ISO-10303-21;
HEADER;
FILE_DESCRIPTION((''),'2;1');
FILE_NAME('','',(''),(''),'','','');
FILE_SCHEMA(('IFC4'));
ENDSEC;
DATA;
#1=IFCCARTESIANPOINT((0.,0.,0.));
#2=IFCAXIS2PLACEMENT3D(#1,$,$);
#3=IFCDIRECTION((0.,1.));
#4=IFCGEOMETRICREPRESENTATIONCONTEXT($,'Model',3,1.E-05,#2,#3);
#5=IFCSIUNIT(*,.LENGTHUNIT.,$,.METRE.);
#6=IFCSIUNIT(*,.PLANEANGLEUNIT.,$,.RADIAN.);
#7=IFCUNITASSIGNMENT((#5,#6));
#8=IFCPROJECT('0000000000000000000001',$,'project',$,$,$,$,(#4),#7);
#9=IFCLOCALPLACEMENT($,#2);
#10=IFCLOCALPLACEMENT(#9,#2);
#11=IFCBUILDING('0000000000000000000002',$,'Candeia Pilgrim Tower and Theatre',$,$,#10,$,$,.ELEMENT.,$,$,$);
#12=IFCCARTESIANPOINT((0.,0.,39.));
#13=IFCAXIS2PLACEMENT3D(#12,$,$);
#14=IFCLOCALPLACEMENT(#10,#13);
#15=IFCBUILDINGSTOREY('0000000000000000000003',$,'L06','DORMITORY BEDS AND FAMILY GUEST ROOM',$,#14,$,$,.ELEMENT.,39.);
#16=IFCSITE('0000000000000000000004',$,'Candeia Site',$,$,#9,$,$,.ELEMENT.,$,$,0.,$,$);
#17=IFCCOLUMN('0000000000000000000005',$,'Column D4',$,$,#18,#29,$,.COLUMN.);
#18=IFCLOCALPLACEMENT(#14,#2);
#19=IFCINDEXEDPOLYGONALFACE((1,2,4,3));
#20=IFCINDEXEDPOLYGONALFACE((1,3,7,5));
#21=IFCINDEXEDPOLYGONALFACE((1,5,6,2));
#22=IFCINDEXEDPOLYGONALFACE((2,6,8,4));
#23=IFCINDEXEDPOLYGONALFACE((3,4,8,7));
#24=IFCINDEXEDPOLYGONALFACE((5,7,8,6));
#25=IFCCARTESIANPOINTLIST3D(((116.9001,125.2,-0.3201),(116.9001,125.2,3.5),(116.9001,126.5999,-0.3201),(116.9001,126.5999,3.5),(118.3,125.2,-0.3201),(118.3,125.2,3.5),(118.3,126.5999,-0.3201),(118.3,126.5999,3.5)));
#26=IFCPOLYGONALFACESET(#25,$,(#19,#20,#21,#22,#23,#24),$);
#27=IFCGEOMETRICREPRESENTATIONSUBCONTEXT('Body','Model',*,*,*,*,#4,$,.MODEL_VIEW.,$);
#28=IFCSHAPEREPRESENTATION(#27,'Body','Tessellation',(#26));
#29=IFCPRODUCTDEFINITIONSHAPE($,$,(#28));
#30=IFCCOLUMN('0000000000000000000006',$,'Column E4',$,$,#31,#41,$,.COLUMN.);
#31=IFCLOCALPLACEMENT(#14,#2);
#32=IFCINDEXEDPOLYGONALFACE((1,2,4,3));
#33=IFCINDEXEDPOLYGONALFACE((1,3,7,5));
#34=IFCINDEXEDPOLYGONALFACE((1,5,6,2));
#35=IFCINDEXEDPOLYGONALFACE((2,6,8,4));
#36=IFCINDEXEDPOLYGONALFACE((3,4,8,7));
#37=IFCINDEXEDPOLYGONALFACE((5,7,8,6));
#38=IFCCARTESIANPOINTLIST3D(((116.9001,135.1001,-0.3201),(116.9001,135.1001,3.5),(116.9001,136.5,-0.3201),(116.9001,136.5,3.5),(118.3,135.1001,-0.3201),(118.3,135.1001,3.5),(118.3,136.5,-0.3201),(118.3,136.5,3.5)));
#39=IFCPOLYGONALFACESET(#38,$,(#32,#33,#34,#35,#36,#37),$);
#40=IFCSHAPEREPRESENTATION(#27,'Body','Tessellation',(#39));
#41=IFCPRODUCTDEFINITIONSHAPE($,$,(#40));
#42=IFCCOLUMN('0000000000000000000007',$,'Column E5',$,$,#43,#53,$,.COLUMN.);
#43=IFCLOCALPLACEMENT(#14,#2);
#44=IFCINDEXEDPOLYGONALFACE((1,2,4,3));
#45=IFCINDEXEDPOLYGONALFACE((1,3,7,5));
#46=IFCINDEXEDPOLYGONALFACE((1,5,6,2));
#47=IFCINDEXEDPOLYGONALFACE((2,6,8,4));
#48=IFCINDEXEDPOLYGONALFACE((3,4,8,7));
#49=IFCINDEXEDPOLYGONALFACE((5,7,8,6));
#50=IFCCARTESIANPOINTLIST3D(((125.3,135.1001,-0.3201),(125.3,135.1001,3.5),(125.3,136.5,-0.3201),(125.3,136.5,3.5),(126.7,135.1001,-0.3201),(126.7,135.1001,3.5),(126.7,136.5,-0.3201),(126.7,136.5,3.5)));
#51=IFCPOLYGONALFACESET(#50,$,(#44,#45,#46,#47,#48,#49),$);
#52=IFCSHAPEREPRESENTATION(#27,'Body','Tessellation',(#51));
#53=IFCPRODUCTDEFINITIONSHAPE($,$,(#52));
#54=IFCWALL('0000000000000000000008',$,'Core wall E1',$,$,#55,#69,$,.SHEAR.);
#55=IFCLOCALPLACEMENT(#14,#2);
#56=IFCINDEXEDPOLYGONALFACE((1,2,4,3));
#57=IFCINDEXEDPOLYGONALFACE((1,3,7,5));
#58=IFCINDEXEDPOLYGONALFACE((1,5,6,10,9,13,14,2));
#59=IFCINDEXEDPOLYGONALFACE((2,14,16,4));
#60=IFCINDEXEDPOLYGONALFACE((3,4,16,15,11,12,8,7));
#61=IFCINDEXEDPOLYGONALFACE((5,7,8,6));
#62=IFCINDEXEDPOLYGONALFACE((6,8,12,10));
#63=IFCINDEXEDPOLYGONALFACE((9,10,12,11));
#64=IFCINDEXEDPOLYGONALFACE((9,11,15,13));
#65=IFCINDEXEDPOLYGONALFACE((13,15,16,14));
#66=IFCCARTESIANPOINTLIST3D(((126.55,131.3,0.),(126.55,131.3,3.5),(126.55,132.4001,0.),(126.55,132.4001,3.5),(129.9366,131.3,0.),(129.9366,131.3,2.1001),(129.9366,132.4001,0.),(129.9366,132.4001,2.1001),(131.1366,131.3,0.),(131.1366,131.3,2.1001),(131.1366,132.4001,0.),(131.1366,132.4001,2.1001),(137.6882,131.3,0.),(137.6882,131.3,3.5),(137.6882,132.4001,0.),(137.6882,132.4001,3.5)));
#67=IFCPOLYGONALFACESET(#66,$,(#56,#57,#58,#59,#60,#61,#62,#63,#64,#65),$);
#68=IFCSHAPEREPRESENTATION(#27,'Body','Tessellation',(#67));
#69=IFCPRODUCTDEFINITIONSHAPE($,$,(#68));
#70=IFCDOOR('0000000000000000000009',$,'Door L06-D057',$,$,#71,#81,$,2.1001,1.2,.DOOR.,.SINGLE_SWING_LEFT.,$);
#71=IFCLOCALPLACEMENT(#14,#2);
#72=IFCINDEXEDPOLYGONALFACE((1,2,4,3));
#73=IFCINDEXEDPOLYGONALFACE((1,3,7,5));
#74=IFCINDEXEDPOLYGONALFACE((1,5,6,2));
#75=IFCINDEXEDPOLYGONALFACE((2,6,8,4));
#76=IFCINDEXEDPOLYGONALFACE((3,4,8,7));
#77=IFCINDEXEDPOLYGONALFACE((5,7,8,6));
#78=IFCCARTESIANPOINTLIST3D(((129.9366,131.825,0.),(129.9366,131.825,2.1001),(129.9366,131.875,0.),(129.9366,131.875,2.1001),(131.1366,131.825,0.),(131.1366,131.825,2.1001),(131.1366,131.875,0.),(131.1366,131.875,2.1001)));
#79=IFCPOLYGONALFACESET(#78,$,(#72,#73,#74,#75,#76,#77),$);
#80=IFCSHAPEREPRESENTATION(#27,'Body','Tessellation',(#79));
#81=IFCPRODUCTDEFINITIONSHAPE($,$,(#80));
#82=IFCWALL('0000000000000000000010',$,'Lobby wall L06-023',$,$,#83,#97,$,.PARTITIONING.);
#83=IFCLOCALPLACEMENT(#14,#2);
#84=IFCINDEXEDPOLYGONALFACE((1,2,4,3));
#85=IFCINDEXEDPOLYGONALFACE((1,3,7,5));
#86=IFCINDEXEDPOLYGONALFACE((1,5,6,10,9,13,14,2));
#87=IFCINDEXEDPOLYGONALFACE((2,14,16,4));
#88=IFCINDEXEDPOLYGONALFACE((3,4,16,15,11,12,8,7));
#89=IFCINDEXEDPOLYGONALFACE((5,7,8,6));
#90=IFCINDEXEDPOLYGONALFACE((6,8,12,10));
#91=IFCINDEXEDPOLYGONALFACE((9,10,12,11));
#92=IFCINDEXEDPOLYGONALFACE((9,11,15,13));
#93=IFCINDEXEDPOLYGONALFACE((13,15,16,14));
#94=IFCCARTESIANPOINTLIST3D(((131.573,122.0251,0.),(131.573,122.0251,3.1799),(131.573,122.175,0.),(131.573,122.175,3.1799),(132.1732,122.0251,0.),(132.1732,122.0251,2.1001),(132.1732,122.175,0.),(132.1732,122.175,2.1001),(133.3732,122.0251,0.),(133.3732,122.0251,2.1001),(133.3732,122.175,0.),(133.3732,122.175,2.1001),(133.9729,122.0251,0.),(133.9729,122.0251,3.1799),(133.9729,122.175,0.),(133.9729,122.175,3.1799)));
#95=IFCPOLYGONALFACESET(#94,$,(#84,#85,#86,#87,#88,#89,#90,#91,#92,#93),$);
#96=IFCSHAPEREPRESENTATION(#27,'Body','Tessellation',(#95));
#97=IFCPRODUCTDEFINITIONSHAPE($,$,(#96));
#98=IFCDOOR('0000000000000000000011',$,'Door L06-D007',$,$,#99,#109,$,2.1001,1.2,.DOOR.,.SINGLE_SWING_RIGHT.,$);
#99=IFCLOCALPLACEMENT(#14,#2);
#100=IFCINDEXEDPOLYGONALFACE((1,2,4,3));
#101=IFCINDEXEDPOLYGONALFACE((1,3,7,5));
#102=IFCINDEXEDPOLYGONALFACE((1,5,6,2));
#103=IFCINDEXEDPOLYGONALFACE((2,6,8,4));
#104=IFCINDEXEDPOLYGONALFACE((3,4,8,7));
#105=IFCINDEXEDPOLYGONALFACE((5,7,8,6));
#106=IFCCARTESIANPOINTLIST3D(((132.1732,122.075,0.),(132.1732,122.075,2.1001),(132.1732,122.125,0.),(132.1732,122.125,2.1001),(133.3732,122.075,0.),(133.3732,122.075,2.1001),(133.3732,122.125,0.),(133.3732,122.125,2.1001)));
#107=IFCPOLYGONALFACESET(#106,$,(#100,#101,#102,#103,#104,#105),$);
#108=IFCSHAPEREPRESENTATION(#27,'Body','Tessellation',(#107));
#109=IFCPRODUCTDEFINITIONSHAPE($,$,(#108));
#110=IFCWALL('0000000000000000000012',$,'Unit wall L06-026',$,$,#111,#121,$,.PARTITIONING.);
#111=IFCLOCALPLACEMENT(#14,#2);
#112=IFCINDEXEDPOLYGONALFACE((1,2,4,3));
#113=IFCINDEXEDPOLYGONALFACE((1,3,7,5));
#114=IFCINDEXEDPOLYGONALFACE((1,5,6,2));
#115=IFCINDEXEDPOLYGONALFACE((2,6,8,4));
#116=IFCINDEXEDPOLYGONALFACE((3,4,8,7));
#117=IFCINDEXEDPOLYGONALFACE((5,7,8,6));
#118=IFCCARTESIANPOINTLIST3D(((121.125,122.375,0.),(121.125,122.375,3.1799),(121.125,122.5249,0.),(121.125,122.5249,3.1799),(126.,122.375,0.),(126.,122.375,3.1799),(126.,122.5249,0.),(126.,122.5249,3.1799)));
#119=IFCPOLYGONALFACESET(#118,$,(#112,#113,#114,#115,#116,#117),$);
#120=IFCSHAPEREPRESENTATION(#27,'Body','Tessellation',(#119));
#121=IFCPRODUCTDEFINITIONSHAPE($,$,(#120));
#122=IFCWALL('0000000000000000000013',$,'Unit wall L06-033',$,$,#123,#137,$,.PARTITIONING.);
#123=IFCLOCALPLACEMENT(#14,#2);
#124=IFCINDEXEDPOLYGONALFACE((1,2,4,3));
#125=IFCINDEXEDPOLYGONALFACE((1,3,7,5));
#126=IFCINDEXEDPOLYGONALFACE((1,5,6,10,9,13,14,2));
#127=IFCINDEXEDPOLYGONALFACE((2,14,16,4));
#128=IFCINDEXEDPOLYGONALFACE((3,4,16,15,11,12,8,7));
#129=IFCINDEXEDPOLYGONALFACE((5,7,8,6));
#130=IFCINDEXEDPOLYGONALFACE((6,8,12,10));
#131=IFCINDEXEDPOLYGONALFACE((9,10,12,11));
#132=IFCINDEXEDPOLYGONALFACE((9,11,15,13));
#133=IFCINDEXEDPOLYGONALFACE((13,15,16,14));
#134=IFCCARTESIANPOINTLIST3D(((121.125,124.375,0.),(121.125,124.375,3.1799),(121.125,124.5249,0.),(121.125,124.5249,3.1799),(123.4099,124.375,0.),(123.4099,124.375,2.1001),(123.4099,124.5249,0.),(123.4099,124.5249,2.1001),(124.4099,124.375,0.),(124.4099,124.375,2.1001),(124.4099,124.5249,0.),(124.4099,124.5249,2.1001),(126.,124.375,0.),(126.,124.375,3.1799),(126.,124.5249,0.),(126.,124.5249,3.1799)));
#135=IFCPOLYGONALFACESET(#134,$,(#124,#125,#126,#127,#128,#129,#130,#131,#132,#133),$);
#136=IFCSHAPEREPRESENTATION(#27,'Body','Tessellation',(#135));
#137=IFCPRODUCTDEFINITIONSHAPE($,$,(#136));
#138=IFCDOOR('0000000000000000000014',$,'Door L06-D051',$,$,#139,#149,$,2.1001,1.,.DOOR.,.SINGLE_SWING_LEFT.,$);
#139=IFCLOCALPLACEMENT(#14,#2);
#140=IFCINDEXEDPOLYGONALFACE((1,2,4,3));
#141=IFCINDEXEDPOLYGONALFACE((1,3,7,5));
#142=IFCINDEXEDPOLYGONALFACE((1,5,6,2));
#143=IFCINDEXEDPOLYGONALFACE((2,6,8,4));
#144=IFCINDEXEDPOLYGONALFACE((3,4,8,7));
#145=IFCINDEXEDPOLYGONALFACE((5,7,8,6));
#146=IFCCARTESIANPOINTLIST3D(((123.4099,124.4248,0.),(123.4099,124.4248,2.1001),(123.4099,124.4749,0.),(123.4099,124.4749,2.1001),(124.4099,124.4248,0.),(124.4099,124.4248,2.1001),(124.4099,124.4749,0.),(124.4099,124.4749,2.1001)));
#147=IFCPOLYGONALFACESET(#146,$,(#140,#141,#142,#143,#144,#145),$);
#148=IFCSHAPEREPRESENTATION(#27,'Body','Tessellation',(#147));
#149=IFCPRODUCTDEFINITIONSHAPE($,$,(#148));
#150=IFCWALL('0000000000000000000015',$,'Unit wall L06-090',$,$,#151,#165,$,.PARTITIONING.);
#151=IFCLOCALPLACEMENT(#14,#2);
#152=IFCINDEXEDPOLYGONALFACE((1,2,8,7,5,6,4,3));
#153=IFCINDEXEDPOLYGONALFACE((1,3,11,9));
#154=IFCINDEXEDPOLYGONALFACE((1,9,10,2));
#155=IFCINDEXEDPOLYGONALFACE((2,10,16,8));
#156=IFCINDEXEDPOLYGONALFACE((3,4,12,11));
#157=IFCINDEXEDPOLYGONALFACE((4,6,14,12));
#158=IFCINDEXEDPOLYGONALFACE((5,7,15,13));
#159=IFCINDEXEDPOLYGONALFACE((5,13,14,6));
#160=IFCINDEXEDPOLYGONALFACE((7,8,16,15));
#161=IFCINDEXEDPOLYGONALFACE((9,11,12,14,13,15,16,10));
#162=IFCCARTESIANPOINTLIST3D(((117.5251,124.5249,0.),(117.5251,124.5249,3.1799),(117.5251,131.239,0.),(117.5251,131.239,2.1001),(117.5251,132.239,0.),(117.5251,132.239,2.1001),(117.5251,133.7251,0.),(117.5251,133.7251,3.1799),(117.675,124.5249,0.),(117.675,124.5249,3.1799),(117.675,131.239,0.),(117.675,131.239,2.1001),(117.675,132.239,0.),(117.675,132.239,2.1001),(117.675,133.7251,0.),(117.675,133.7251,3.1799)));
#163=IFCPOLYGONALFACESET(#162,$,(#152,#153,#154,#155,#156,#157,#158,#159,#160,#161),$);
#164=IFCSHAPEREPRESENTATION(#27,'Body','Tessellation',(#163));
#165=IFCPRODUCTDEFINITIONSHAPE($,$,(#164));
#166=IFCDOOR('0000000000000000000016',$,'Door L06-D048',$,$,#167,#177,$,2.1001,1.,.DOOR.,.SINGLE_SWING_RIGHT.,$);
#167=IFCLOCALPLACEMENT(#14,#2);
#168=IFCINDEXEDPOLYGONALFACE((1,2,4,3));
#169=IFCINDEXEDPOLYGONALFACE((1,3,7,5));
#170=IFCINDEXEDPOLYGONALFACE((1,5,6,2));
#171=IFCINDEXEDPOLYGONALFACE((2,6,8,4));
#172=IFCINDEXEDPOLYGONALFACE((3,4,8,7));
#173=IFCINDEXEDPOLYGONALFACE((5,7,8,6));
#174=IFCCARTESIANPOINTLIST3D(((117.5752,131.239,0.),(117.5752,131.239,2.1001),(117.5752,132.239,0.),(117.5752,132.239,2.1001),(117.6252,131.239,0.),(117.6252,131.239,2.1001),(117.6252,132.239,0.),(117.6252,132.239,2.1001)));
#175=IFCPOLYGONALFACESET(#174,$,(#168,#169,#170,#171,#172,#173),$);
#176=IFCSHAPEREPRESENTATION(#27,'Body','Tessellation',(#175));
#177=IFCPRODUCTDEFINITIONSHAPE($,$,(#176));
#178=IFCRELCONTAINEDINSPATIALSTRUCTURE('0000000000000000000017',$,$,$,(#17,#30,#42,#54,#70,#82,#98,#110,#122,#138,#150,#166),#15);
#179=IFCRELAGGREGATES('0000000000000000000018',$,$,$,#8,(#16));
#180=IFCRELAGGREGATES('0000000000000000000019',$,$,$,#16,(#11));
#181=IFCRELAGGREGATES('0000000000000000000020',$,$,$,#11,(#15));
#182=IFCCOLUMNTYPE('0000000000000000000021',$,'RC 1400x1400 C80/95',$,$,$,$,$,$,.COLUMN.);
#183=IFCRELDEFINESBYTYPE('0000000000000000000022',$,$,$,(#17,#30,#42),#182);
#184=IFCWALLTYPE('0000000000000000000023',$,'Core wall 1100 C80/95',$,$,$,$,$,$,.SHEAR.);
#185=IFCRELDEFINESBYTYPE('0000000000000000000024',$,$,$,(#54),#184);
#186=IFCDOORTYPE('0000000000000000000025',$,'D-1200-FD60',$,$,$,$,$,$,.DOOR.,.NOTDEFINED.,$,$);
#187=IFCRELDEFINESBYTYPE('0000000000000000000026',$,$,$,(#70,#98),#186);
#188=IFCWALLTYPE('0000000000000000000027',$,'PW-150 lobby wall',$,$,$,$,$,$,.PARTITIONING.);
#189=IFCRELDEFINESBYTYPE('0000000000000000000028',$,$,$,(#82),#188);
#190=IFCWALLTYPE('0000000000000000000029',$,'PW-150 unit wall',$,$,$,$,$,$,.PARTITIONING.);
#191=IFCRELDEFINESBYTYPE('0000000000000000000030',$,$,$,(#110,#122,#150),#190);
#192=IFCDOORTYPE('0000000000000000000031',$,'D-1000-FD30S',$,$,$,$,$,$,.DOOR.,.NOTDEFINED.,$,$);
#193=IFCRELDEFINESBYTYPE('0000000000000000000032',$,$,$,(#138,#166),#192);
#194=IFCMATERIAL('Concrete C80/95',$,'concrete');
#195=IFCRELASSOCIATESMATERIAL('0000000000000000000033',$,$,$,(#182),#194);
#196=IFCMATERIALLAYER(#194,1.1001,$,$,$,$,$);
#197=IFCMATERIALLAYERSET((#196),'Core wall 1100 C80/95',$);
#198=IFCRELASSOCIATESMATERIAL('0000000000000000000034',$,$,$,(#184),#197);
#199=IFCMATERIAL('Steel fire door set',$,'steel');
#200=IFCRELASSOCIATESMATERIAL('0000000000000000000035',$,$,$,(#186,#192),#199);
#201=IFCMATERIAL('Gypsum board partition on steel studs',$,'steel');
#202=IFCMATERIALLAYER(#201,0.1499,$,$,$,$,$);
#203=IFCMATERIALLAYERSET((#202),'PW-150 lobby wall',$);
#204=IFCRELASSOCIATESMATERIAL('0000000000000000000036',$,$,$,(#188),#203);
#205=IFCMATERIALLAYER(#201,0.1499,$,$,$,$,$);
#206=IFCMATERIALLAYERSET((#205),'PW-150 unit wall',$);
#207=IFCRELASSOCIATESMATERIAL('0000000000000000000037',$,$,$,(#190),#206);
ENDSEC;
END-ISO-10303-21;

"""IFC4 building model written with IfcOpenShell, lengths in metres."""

from ifc_helpers import new_model, si_unit, direction, frame, frame_2d, origin, origin_2d, place, context, subcontext, project, spatial, rectangle, extrude, material, layer, layer_set, material_profile, profile_set, type_object, element, fill, save


model = new_model("IFC4")

# Units and contexts
model_context = context("Model", 3, precision=1e-05, world=origin(), true_north=direction((0.0, 1.0)))
body_context = subcontext(model_context, "Body", "Model", "MODEL_VIEW")
ifc_project = project(units=[si_unit("LENGTHUNIT", "METRE"), si_unit("PLANEANGLEUNIT", "RADIAN")], contexts=[model_context])

# Site, building, storey
site_placement = place(None, origin())
site = spatial("IfcSite", under=ifc_project, at=site_placement, Name="Candeia Site", CompositionType="ELEMENT", RefElevation=0.0)
building_placement = place(site_placement, origin())
building = spatial("IfcBuilding", under=site, at=building_placement, Name="Candeia Pilgrim Tower and Theatre", CompositionType="ELEMENT")
storey_placement = place(building_placement, frame((0.0, 0.0, 39.0)))
storey = spatial("IfcBuildingStorey", under=building, at=storey_placement, Name="L06", Description="DORMITORY BEDS AND FAMILY GUEST ROOM", CompositionType="ELEMENT", Elevation=39.0)

# Columns
ifc_material_1 = material(Name="Concrete C80/95", Category="concrete")
ifc_material_profile = material_profile(ifc_material_1, rectangle(XDim=1.3999, YDim=1.3999, at=origin_2d()))
ifc_profile_set = profile_set([ifc_material_profile], Name="Concrete C80/95")
column_type = type_object("IfcColumnType", Name="RC 1400x1400 C80/95", PredefinedType="COLUMN", material=ifc_profile_set)
for number, where, z_axis, x_axis, name in (
    (1, (117.6001, 125.8999, -0.3201), (0.0, 0.0, 1.0), (1.0, 0.0, 0.0), "Column D4"),
    (2, (117.6001, 135.8, -0.3201), (0.0, 0.0, 1.0), (1.0, 0.0, 0.0), "Column E4"),
    (3, (126.0, 135.8, -0.3201), (0.0, 0.0, 1.0), (1.0, 0.0, 0.0), "Column E5"),
):
    element("IfcColumn", number, at=place(storey_placement, frame(where, z_axis=z_axis, x_axis=x_axis)), inside=storey, type_object=column_type, Name=name, PredefinedType="COLUMN", context=body_context, shape_type="SweptSolid", body=[
        extrude(rectangle(XDim=1.3999, YDim=1.3999, at=origin_2d()), origin(), (0.0, 0.0, 1.0), 3.8201),
    ])

# Walls, openings, doors
ifc_layer_1 = layer(ifc_material_1, 1.1001)
ifc_layer_set_1 = layer_set([ifc_layer_1], Name="Core wall 1100 C80/95")
wall_type_1 = type_object("IfcWallType", Name="Core wall 1100 C80/95", PredefinedType="SHEAR", material=ifc_layer_set_1)
wall_1_placement = place(storey_placement, frame((126.55, 131.8501, 0.0), z_axis=(0.0, 0.0, 1.0), x_axis=(1.0, 0.0, 0.0)))
wall_1 = element("IfcWall", 4, at=wall_1_placement, inside=storey, type_object=wall_type_1, Name="Core wall E1", PredefinedType="SHEAR", context=body_context, shape_type="SweptSolid", body=[
    extrude(rectangle(XDim=11.1382, YDim=1.1001, at=frame_2d((5.5691, 0.0))), origin(), (0.0, 0.0, 1.0), 3.5),
])
opening_1_placement = place(wall_1_placement, frame((3.3865, 0.0, 0.0)))
opening_1 = element("IfcOpeningElement", 5, at=opening_1_placement, cuts=wall_1, PredefinedType="OPENING", context=body_context, shape_type="SweptSolid", body=[
    extrude(rectangle(XDim=1.2, YDim=2.1001, at=frame_2d((0.6001, 1.05))), frame((0.0, 0.5601, 0.0), z_axis=(0.0, -1.0, 0.0), x_axis=(1.0, 0.0, 0.0)), (0.0, 0.0, 1.0), 1.1201),
])
ifc_material_2 = material(Name="Steel fire door set", Category="steel")
door_type_1 = type_object("IfcDoorType", Name="D-1200-FD60", OperationType="NOTDEFINED", PredefinedType="DOOR", material=ifc_material_2)
door_1_placement = place(opening_1_placement, origin())
door_1 = element("IfcDoor", 6, at=door_1_placement, inside=storey, type_object=door_type_1, Name="Door L06-D057", OperationType="SINGLE_SWING_LEFT", OverallHeight=2.1001, OverallWidth=1.2, PredefinedType="DOOR", context=body_context, shape_type="SweptSolid", body=[
    extrude(rectangle(XDim=1.2, YDim=2.1001, at=frame_2d((0.6001, 1.05))), frame((0.0, 0.0249, 0.0), z_axis=(0.0, -1.0, 0.0), x_axis=(1.0, 0.0, 0.0)), (0.0, 0.0, 1.0), 0.05),
])
fill(opening_1, door_1)
ifc_material_3 = material(Name="Gypsum board partition on steel studs", Category="steel")
ifc_layer_2 = layer(ifc_material_3, 0.1499)
ifc_layer_set_2 = layer_set([ifc_layer_2], Name="PW-150 lobby wall")
wall_type_2 = type_object("IfcWallType", Name="PW-150 lobby wall", PredefinedType="PARTITIONING", material=ifc_layer_set_2)
wall_2_placement = place(storey_placement, frame((131.573, 122.1001, 0.0), z_axis=(0.0, 0.0, 1.0), x_axis=(1.0, 0.0, 0.0)))
wall_2 = element("IfcWall", 7, at=wall_2_placement, inside=storey, type_object=wall_type_2, Name="Lobby wall L06-023", PredefinedType="PARTITIONING", context=body_context, shape_type="SweptSolid", body=[
    extrude(rectangle(XDim=2.3999, YDim=0.1499, at=frame_2d((1.2, 0.0))), origin(), (0.0, 0.0, 1.0), 3.1799),
])
opening_2_placement = place(wall_2_placement, frame((0.6001, 0.0, 0.0)))
opening_2 = element("IfcOpeningElement", 8, at=opening_2_placement, cuts=wall_2, PredefinedType="OPENING", context=body_context, shape_type="SweptSolid", body=[
    extrude(rectangle(XDim=1.2, YDim=2.1001, at=frame_2d((0.6001, 1.05))), frame((0.0, 0.085, 0.0), z_axis=(0.0, -1.0, 0.0), x_axis=(1.0, 0.0, 0.0)), (0.0, 0.0, 1.0), 0.1699),
])
door_2_placement = place(opening_2_placement, origin())
door_2 = element("IfcDoor", 9, at=door_2_placement, inside=storey, type_object=door_type_1, Name="Door L06-D007", OperationType="SINGLE_SWING_RIGHT", OverallHeight=2.1001, OverallWidth=1.2, PredefinedType="DOOR", context=body_context, shape_type="SweptSolid", body=[
    extrude(rectangle(XDim=1.2, YDim=2.1001, at=frame_2d((0.6001, 1.05))), frame((0.0, 0.0249, 0.0), z_axis=(0.0, -1.0, 0.0), x_axis=(1.0, 0.0, 0.0)), (0.0, 0.0, 1.0), 0.05),
])
fill(opening_2, door_2)

# Wall
ifc_layer_3 = layer(ifc_material_3, 0.1499)
ifc_layer_set_3 = layer_set([ifc_layer_3], Name="PW-150 unit wall")
wall_type_3 = type_object("IfcWallType", Name="PW-150 unit wall", PredefinedType="PARTITIONING", material=ifc_layer_set_3)
wall_3_placement = place(storey_placement, frame((121.125, 122.45, 0.0), z_axis=(0.0, 0.0, 1.0), x_axis=(1.0, 0.0, 0.0)))
element("IfcWall", 10, at=wall_3_placement, inside=storey, type_object=wall_type_3, Name="Unit wall L06-026", PredefinedType="PARTITIONING", context=body_context, shape_type="SweptSolid", body=[
    extrude(rectangle(XDim=4.875, YDim=0.1499, at=frame_2d((2.4375, 0.0))), origin(), (0.0, 0.0, 1.0), 3.1799),
])

# Walls, openings, doors
wall_4_placement = place(storey_placement, frame((121.125, 124.45, 0.0), z_axis=(0.0, 0.0, 1.0), x_axis=(1.0, 0.0, 0.0)))
wall_4 = element("IfcWall", 11, at=wall_4_placement, inside=storey, type_object=wall_type_3, Name="Unit wall L06-033", PredefinedType="PARTITIONING", context=body_context, shape_type="SweptSolid", body=[
    extrude(rectangle(XDim=4.875, YDim=0.1499, at=frame_2d((2.4375, 0.0))), origin(), (0.0, 0.0, 1.0), 3.1799),
])
opening_3_placement = place(wall_4_placement, frame((2.2849, 0.0, 0.0)))
opening_3 = element("IfcOpeningElement", 12, at=opening_3_placement, cuts=wall_4, PredefinedType="OPENING", context=body_context, shape_type="SweptSolid", body=[
    extrude(rectangle(XDim=1.0, YDim=2.1001, at=frame_2d((0.5, 1.05))), frame((0.0, 0.085, 0.0), z_axis=(0.0, -1.0, 0.0), x_axis=(1.0, 0.0, 0.0)), (0.0, 0.0, 1.0), 0.1699),
])
door_type_2 = type_object("IfcDoorType", Name="D-1000-FD30S", OperationType="NOTDEFINED", PredefinedType="DOOR", material=ifc_material_2)
door_3_placement = place(opening_3_placement, origin())
door_3 = element("IfcDoor", 13, at=door_3_placement, inside=storey, type_object=door_type_2, Name="Door L06-D051", OperationType="SINGLE_SWING_LEFT", OverallHeight=2.1001, OverallWidth=1.0, PredefinedType="DOOR", context=body_context, shape_type="SweptSolid", body=[
    extrude(rectangle(XDim=1.0, YDim=2.1001, at=frame_2d((0.5, 1.05))), frame((0.0, 0.0249, 0.0), z_axis=(0.0, -1.0, 0.0), x_axis=(1.0, 0.0, 0.0)), (0.0, 0.0, 1.0), 0.05),
])
fill(opening_3, door_3)
wall_5_placement = place(storey_placement, frame((117.6001, 124.5249, 0.0), z_axis=(0.0, 0.0, 1.0), x_axis=(0.0, 1.0, 0.0)))
wall_5 = element("IfcWall", 14, at=wall_5_placement, inside=storey, type_object=wall_type_3, Name="Unit wall L06-090", PredefinedType="PARTITIONING", context=body_context, shape_type="SweptSolid", body=[
    extrude(rectangle(XDim=9.2002, YDim=0.1499, at=frame_2d((4.6001, 0.0))), origin(), (0.0, 0.0, 1.0), 3.1799),
])
opening_4_placement = place(wall_5_placement, frame((6.7141, 0.0, 0.0)))
opening_4 = element("IfcOpeningElement", 15, at=opening_4_placement, cuts=wall_5, PredefinedType="OPENING", context=body_context, shape_type="SweptSolid", body=[
    extrude(rectangle(XDim=1.0, YDim=2.1001, at=frame_2d((0.5, 1.05))), frame((0.0, 0.085, 0.0), z_axis=(0.0, -1.0, 0.0), x_axis=(1.0, 0.0, 0.0)), (0.0, 0.0, 1.0), 0.1699),
])
door_4_placement = place(opening_4_placement, origin())
door_4 = element("IfcDoor", 16, at=door_4_placement, inside=storey, type_object=door_type_2, Name="Door L06-D048", OperationType="SINGLE_SWING_RIGHT", OverallHeight=2.1001, OverallWidth=1.0, PredefinedType="DOOR", context=body_context, shape_type="SweptSolid", body=[
    extrude(rectangle(XDim=1.0, YDim=2.1001, at=frame_2d((0.5, 1.05))), frame((0.0, 0.0249, 0.0), z_axis=(0.0, -1.0, 0.0), x_axis=(1.0, 0.0, 0.0)), (0.0, 0.0, 1.0), 0.05),
])
fill(opening_4, door_4)

save(model, "model.ifc")
